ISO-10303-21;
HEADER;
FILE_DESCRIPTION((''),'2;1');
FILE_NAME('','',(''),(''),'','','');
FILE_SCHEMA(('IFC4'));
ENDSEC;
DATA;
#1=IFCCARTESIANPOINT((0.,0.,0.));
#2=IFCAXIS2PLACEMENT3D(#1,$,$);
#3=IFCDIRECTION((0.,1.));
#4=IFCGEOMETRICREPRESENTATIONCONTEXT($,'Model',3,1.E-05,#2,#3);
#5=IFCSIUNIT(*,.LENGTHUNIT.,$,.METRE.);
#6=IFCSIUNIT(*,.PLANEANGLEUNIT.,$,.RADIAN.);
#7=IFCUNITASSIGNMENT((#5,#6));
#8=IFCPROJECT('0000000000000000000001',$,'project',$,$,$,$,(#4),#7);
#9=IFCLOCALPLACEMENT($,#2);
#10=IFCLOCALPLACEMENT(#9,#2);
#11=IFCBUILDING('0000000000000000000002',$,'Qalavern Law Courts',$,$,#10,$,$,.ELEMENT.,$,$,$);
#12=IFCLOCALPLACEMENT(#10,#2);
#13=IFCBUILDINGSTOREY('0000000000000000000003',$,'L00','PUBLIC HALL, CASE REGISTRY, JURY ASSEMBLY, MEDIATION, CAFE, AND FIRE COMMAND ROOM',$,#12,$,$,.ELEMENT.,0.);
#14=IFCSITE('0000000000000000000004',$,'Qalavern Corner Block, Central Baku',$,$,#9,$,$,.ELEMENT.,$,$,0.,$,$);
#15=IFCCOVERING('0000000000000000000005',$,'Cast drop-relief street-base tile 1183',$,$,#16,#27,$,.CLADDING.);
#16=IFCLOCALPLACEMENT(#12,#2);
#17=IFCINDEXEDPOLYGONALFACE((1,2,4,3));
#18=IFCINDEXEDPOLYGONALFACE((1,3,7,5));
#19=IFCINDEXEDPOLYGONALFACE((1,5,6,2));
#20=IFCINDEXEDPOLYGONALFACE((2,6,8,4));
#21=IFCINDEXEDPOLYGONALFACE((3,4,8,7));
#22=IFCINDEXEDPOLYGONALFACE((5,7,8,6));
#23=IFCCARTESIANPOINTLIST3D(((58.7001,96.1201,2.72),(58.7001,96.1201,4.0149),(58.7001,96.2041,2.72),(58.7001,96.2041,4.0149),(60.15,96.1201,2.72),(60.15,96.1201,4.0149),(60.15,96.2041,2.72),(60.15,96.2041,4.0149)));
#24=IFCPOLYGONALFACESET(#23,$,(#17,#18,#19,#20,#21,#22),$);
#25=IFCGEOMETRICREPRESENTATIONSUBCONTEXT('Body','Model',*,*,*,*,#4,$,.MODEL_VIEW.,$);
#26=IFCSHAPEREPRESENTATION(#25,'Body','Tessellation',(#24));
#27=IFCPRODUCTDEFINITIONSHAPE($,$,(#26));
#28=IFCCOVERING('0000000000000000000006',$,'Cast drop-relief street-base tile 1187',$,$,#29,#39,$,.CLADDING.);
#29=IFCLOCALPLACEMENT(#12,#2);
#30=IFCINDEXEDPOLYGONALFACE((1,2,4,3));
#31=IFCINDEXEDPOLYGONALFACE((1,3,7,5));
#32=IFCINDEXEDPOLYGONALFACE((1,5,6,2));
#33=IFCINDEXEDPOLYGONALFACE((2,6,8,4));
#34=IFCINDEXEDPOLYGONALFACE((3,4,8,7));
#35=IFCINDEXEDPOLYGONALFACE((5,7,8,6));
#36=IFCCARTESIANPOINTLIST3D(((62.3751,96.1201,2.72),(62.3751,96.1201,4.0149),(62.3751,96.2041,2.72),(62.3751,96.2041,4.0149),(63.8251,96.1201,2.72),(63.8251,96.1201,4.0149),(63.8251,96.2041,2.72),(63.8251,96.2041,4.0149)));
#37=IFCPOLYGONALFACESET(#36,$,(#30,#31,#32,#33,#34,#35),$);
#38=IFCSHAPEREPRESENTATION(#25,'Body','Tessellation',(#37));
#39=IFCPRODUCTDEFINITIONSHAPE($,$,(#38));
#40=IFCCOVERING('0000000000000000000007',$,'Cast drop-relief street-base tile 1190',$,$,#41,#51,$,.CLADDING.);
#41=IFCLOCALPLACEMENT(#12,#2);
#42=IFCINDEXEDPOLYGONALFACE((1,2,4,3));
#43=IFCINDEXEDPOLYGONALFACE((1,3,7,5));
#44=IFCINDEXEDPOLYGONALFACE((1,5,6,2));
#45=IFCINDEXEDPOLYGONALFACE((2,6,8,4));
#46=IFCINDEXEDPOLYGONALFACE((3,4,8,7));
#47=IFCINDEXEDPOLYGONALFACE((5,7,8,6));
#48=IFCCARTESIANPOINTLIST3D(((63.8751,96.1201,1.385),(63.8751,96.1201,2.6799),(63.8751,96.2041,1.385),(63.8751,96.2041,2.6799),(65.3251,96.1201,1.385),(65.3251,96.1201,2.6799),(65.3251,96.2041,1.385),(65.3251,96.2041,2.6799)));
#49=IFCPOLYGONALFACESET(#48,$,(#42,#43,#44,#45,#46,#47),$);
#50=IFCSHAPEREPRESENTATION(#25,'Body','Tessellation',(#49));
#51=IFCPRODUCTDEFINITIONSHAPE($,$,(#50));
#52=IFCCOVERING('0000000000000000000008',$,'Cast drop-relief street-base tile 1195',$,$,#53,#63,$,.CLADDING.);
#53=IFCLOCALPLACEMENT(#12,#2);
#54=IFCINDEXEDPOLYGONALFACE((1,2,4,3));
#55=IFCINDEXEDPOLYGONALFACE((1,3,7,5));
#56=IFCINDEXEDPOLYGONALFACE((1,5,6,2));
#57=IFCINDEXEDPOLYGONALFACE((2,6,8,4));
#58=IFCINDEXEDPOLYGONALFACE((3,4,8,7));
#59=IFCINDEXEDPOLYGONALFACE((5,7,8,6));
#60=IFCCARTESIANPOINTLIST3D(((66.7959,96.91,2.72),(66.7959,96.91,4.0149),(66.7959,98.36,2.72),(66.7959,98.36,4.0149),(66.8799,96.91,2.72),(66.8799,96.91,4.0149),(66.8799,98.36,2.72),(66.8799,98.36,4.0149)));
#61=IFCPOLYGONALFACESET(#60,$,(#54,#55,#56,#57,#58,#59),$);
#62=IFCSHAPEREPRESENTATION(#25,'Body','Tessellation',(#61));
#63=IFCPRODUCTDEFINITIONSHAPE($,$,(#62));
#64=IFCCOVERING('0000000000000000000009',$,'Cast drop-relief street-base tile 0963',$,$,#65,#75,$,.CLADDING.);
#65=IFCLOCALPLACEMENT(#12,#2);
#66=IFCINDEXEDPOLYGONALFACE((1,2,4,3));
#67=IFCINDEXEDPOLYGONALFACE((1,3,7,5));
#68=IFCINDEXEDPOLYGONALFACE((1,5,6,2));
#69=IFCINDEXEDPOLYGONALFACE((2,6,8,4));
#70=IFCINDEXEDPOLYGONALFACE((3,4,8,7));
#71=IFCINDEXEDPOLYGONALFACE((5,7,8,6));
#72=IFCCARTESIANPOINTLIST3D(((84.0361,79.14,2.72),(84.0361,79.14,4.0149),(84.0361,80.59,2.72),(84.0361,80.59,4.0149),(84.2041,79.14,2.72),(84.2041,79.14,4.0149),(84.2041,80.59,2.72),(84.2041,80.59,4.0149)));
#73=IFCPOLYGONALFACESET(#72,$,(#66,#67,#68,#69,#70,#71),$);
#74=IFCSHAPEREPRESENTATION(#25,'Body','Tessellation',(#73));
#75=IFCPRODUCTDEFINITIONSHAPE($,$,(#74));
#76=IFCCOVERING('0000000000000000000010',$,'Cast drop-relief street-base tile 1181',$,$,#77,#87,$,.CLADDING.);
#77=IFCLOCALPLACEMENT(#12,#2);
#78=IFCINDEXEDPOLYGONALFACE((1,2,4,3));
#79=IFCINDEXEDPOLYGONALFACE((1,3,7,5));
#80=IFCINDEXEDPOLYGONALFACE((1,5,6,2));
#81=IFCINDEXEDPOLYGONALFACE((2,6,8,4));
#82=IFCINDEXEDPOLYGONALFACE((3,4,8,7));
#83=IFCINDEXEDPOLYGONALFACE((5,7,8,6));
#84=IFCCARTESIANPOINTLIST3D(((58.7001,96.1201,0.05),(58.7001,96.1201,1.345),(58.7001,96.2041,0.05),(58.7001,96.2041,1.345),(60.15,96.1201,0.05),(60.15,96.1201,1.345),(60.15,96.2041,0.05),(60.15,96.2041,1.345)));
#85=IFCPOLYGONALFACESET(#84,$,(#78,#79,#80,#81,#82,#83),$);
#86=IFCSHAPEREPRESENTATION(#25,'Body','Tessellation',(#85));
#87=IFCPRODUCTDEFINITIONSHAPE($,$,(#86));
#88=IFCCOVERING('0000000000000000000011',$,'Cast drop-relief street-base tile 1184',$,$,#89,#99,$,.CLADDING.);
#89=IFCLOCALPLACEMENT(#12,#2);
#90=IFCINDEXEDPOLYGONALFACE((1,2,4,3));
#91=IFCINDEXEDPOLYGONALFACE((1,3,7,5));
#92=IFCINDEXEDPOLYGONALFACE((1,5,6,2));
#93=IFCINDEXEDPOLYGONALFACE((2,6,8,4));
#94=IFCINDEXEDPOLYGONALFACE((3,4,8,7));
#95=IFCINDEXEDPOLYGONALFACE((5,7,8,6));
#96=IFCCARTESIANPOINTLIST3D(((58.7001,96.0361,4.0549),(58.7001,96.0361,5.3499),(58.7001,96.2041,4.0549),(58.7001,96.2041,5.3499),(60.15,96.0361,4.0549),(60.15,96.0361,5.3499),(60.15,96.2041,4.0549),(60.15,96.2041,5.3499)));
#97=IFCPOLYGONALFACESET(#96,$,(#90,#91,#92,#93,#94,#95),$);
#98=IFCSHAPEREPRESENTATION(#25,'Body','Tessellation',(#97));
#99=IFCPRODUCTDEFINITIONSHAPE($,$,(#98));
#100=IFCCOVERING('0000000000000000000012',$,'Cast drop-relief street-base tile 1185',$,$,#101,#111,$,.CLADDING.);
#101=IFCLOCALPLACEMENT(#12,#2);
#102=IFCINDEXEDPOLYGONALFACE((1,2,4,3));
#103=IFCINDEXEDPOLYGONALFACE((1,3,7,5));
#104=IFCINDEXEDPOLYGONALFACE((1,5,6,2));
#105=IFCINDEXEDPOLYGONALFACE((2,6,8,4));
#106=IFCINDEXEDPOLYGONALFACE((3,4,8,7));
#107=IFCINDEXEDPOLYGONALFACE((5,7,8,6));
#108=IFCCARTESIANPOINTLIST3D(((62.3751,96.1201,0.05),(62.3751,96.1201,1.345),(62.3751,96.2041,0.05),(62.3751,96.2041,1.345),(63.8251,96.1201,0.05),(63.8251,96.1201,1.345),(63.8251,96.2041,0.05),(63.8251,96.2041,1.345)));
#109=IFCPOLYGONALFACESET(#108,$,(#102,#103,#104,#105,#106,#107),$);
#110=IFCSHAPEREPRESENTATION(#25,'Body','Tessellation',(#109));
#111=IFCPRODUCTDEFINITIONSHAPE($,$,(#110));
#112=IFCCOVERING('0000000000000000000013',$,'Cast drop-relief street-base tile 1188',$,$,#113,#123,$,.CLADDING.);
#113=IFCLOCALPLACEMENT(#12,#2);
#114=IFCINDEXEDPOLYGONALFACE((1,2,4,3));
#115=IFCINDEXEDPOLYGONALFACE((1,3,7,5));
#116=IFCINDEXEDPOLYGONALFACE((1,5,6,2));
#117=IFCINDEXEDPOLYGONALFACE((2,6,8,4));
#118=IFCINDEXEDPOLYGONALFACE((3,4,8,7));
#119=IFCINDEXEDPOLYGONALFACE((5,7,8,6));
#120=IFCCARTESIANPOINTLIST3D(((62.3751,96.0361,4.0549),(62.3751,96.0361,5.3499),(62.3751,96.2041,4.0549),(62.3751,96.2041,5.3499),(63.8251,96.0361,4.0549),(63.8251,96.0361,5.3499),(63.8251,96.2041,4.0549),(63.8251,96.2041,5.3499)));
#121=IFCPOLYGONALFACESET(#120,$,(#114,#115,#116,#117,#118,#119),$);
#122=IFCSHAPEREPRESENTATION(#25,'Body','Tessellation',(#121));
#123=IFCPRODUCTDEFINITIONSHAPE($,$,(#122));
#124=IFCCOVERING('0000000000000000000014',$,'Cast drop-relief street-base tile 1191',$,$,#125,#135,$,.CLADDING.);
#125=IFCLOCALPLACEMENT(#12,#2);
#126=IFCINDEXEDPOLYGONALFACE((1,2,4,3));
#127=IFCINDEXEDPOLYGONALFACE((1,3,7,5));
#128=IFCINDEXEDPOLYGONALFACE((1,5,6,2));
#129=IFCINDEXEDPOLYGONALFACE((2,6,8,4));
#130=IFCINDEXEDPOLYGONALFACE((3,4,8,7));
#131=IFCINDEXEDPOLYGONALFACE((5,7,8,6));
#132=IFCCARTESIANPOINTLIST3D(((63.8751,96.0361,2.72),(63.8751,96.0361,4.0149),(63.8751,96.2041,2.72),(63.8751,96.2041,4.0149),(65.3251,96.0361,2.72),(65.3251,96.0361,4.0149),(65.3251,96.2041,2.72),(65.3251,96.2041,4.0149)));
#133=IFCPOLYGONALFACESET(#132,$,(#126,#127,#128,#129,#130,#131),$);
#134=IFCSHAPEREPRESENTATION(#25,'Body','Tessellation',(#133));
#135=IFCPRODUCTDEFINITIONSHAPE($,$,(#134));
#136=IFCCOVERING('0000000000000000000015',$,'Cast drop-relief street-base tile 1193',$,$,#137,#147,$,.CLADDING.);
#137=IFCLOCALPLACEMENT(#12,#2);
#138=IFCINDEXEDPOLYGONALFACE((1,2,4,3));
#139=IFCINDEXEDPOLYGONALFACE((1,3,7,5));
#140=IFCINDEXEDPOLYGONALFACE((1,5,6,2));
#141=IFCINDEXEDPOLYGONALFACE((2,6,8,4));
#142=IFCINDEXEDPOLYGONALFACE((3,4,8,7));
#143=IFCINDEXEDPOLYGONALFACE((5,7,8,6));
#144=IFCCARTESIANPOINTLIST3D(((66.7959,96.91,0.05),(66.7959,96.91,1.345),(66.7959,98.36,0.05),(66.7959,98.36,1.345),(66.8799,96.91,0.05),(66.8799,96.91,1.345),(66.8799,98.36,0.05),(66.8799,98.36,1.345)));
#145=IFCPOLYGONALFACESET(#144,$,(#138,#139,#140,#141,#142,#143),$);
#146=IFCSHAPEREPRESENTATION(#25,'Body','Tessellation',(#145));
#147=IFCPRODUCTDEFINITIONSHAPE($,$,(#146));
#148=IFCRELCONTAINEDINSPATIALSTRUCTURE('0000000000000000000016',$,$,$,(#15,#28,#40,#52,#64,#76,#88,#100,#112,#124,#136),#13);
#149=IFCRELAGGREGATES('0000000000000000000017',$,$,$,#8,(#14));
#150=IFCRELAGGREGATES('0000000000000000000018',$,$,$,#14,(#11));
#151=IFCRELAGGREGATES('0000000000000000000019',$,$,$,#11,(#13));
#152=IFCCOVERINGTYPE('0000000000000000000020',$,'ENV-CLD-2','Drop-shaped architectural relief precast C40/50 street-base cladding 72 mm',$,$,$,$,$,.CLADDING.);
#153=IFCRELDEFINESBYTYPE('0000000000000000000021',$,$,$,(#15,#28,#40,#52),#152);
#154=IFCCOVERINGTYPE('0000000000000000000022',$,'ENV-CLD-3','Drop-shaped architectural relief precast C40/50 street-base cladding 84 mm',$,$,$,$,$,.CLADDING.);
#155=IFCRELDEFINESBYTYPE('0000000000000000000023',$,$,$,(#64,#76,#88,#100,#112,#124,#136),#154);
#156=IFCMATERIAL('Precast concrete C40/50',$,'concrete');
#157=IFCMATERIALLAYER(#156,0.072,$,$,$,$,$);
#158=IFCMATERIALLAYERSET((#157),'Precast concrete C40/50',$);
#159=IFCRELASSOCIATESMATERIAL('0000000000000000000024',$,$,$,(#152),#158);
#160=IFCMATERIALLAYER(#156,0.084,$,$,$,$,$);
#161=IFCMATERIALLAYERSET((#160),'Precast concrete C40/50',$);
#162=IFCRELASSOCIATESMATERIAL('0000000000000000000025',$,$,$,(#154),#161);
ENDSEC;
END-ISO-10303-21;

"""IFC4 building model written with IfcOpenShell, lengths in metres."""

from ifc_helpers import new_model, si_unit, direction, frame, origin, origin_2d, place, context, subcontext, project, spatial, rectangle, extrude, material, layer, layer_set, type_object, element, save


model = new_model("IFC4")

# Units and contexts
model_context = context("Model", 3, precision=1e-05, world=origin(), true_north=direction((0.0, 1.0)))
body_context = subcontext(model_context, "Body", "Model", "MODEL_VIEW")
ifc_project = project(units=[si_unit("LENGTHUNIT", "METRE"), si_unit("PLANEANGLEUNIT", "RADIAN")], contexts=[model_context])

# Site, building, storey
site_placement = place(None, origin())
site = spatial("IfcSite", under=ifc_project, at=site_placement, Name="Qalavern Corner Block, Central Baku", CompositionType="ELEMENT", RefElevation=0.0)
building_placement = place(site_placement, origin())
building = spatial("IfcBuilding", under=site, at=building_placement, Name="Qalavern Law Courts", CompositionType="ELEMENT")
storey_placement = place(building_placement, origin())
storey = spatial("IfcBuildingStorey", under=building, at=storey_placement, Name="L00", Description="PUBLIC HALL, CASE REGISTRY, JURY ASSEMBLY, MEDIATION, CAFE, AND FIRE COMMAND ROOM", CompositionType="ELEMENT", Elevation=0.0)

# Coverings
ifc_material_1 = material(Name="Precast concrete C40/50", Category="concrete")
ifc_layer_1 = layer(ifc_material_1, 0.072)
ifc_layer_set_1 = layer_set([ifc_layer_1], Name="Precast concrete C40/50")
covering_type_1 = type_object("IfcCoveringType", Name="ENV-CLD-2", Description="Drop-shaped architectural relief precast C40/50 street-base cladding 72 mm", PredefinedType="CLADDING", material=ifc_layer_set_1)
for number, where, z_axis, x_axis, name in (
    (1, (59.425, 96.1621, 2.72), (0.0, 0.0, 1.0), (1.0, 0.0, 0.0), "Cast drop-relief street-base tile 1183"),
    (2, (63.1001, 96.1621, 2.72), (0.0, 0.0, 1.0), (1.0, 0.0, 0.0), "Cast drop-relief street-base tile 1187"),
    (3, (64.6001, 96.1621, 1.385), (0.0, 0.0, 1.0), (1.0, 0.0, 0.0), "Cast drop-relief street-base tile 1190"),
    (4, (66.8379, 97.635, 2.72), (0.0, 0.0, 1.0), (0.0, 1.0, 0.0), "Cast drop-relief street-base tile 1195"),
):
    element("IfcCovering", number, at=place(storey_placement, frame(where, z_axis=z_axis, x_axis=x_axis)), inside=storey, type_object=covering_type_1, Name=name, PredefinedType="CLADDING", context=body_context, shape_type="SweptSolid", body=[
        extrude(rectangle(XDim=1.45, YDim=0.084, at=origin_2d()), origin(), (0.0, 0.0, 1.0), 1.2949),
    ])
ifc_layer_2 = layer(ifc_material_1, 0.084)
ifc_layer_set_2 = layer_set([ifc_layer_2], Name="Precast concrete C40/50")
covering_type_2 = type_object("IfcCoveringType", Name="ENV-CLD-3", Description="Drop-shaped architectural relief precast C40/50 street-base cladding 84 mm", PredefinedType="CLADDING", material=ifc_layer_set_2)
covering_1_placement = place(storey_placement, frame((84.1201, 79.865, 2.72), z_axis=(0.0, 0.0, 1.0), x_axis=(0.0, -1.0, 0.0)))
element("IfcCovering", 5, at=covering_1_placement, inside=storey, type_object=covering_type_2, Name="Cast drop-relief street-base tile 0963", PredefinedType="CLADDING", context=body_context, shape_type="SweptSolid", body=[
    extrude(rectangle(XDim=1.45, YDim=0.168, at=origin_2d()), origin(), (0.0, 0.0, 1.0), 1.2949),
])
covering_2_placement = place(storey_placement, frame((59.425, 96.1621, 0.05), z_axis=(0.0, 0.0, 1.0), x_axis=(1.0, 0.0, 0.0)))
element("IfcCovering", 6, at=covering_2_placement, inside=storey, type_object=covering_type_2, Name="Cast drop-relief street-base tile 1181", PredefinedType="CLADDING", context=body_context, shape_type="SweptSolid", body=[
    extrude(rectangle(XDim=1.45, YDim=0.084, at=origin_2d()), origin(), (0.0, 0.0, 1.0), 1.2949),
])
covering_3_placement = place(storey_placement, frame((59.425, 96.1201, 4.0549), z_axis=(0.0, 0.0, 1.0), x_axis=(1.0, 0.0, 0.0)))
element("IfcCovering", 7, at=covering_3_placement, inside=storey, type_object=covering_type_2, Name="Cast drop-relief street-base tile 1184", PredefinedType="CLADDING", context=body_context, shape_type="SweptSolid", body=[
    extrude(rectangle(XDim=1.45, YDim=0.168, at=origin_2d()), origin(), (0.0, 0.0, 1.0), 1.2949),
])
covering_4_placement = place(storey_placement, frame((63.1001, 96.1621, 0.05), z_axis=(0.0, 0.0, 1.0), x_axis=(1.0, 0.0, 0.0)))
element("IfcCovering", 8, at=covering_4_placement, inside=storey, type_object=covering_type_2, Name="Cast drop-relief street-base tile 1185", PredefinedType="CLADDING", context=body_context, shape_type="SweptSolid", body=[
    extrude(rectangle(XDim=1.45, YDim=0.084, at=origin_2d()), origin(), (0.0, 0.0, 1.0), 1.2949),
])
for number, where, z_axis, x_axis, name in (
    (9, (63.1001, 96.1201, 4.0549), (0.0, 0.0, 1.0), (1.0, 0.0, 0.0), "Cast drop-relief street-base tile 1188"),
    (10, (64.6001, 96.1201, 2.72), (0.0, 0.0, 1.0), (1.0, 0.0, 0.0), "Cast drop-relief street-base tile 1191"),
):
    element("IfcCovering", number, at=place(storey_placement, frame(where, z_axis=z_axis, x_axis=x_axis)), inside=storey, type_object=covering_type_2, Name=name, PredefinedType="CLADDING", context=body_context, shape_type="SweptSolid", body=[
        extrude(rectangle(XDim=1.45, YDim=0.168, at=origin_2d()), origin(), (0.0, 0.0, 1.0), 1.2949),
    ])
covering_5_placement = place(storey_placement, frame((66.8379, 97.635, 0.05), z_axis=(0.0, 0.0, 1.0), x_axis=(0.0, 1.0, 0.0)))
element("IfcCovering", 11, at=covering_5_placement, inside=storey, type_object=covering_type_2, Name="Cast drop-relief street-base tile 1193", PredefinedType="CLADDING", context=body_context, shape_type="SweptSolid", body=[
    extrude(rectangle(XDim=1.45, YDim=0.084, at=origin_2d()), origin(), (0.0, 0.0, 1.0), 1.2949),
])

save(model, "model.ifc")
